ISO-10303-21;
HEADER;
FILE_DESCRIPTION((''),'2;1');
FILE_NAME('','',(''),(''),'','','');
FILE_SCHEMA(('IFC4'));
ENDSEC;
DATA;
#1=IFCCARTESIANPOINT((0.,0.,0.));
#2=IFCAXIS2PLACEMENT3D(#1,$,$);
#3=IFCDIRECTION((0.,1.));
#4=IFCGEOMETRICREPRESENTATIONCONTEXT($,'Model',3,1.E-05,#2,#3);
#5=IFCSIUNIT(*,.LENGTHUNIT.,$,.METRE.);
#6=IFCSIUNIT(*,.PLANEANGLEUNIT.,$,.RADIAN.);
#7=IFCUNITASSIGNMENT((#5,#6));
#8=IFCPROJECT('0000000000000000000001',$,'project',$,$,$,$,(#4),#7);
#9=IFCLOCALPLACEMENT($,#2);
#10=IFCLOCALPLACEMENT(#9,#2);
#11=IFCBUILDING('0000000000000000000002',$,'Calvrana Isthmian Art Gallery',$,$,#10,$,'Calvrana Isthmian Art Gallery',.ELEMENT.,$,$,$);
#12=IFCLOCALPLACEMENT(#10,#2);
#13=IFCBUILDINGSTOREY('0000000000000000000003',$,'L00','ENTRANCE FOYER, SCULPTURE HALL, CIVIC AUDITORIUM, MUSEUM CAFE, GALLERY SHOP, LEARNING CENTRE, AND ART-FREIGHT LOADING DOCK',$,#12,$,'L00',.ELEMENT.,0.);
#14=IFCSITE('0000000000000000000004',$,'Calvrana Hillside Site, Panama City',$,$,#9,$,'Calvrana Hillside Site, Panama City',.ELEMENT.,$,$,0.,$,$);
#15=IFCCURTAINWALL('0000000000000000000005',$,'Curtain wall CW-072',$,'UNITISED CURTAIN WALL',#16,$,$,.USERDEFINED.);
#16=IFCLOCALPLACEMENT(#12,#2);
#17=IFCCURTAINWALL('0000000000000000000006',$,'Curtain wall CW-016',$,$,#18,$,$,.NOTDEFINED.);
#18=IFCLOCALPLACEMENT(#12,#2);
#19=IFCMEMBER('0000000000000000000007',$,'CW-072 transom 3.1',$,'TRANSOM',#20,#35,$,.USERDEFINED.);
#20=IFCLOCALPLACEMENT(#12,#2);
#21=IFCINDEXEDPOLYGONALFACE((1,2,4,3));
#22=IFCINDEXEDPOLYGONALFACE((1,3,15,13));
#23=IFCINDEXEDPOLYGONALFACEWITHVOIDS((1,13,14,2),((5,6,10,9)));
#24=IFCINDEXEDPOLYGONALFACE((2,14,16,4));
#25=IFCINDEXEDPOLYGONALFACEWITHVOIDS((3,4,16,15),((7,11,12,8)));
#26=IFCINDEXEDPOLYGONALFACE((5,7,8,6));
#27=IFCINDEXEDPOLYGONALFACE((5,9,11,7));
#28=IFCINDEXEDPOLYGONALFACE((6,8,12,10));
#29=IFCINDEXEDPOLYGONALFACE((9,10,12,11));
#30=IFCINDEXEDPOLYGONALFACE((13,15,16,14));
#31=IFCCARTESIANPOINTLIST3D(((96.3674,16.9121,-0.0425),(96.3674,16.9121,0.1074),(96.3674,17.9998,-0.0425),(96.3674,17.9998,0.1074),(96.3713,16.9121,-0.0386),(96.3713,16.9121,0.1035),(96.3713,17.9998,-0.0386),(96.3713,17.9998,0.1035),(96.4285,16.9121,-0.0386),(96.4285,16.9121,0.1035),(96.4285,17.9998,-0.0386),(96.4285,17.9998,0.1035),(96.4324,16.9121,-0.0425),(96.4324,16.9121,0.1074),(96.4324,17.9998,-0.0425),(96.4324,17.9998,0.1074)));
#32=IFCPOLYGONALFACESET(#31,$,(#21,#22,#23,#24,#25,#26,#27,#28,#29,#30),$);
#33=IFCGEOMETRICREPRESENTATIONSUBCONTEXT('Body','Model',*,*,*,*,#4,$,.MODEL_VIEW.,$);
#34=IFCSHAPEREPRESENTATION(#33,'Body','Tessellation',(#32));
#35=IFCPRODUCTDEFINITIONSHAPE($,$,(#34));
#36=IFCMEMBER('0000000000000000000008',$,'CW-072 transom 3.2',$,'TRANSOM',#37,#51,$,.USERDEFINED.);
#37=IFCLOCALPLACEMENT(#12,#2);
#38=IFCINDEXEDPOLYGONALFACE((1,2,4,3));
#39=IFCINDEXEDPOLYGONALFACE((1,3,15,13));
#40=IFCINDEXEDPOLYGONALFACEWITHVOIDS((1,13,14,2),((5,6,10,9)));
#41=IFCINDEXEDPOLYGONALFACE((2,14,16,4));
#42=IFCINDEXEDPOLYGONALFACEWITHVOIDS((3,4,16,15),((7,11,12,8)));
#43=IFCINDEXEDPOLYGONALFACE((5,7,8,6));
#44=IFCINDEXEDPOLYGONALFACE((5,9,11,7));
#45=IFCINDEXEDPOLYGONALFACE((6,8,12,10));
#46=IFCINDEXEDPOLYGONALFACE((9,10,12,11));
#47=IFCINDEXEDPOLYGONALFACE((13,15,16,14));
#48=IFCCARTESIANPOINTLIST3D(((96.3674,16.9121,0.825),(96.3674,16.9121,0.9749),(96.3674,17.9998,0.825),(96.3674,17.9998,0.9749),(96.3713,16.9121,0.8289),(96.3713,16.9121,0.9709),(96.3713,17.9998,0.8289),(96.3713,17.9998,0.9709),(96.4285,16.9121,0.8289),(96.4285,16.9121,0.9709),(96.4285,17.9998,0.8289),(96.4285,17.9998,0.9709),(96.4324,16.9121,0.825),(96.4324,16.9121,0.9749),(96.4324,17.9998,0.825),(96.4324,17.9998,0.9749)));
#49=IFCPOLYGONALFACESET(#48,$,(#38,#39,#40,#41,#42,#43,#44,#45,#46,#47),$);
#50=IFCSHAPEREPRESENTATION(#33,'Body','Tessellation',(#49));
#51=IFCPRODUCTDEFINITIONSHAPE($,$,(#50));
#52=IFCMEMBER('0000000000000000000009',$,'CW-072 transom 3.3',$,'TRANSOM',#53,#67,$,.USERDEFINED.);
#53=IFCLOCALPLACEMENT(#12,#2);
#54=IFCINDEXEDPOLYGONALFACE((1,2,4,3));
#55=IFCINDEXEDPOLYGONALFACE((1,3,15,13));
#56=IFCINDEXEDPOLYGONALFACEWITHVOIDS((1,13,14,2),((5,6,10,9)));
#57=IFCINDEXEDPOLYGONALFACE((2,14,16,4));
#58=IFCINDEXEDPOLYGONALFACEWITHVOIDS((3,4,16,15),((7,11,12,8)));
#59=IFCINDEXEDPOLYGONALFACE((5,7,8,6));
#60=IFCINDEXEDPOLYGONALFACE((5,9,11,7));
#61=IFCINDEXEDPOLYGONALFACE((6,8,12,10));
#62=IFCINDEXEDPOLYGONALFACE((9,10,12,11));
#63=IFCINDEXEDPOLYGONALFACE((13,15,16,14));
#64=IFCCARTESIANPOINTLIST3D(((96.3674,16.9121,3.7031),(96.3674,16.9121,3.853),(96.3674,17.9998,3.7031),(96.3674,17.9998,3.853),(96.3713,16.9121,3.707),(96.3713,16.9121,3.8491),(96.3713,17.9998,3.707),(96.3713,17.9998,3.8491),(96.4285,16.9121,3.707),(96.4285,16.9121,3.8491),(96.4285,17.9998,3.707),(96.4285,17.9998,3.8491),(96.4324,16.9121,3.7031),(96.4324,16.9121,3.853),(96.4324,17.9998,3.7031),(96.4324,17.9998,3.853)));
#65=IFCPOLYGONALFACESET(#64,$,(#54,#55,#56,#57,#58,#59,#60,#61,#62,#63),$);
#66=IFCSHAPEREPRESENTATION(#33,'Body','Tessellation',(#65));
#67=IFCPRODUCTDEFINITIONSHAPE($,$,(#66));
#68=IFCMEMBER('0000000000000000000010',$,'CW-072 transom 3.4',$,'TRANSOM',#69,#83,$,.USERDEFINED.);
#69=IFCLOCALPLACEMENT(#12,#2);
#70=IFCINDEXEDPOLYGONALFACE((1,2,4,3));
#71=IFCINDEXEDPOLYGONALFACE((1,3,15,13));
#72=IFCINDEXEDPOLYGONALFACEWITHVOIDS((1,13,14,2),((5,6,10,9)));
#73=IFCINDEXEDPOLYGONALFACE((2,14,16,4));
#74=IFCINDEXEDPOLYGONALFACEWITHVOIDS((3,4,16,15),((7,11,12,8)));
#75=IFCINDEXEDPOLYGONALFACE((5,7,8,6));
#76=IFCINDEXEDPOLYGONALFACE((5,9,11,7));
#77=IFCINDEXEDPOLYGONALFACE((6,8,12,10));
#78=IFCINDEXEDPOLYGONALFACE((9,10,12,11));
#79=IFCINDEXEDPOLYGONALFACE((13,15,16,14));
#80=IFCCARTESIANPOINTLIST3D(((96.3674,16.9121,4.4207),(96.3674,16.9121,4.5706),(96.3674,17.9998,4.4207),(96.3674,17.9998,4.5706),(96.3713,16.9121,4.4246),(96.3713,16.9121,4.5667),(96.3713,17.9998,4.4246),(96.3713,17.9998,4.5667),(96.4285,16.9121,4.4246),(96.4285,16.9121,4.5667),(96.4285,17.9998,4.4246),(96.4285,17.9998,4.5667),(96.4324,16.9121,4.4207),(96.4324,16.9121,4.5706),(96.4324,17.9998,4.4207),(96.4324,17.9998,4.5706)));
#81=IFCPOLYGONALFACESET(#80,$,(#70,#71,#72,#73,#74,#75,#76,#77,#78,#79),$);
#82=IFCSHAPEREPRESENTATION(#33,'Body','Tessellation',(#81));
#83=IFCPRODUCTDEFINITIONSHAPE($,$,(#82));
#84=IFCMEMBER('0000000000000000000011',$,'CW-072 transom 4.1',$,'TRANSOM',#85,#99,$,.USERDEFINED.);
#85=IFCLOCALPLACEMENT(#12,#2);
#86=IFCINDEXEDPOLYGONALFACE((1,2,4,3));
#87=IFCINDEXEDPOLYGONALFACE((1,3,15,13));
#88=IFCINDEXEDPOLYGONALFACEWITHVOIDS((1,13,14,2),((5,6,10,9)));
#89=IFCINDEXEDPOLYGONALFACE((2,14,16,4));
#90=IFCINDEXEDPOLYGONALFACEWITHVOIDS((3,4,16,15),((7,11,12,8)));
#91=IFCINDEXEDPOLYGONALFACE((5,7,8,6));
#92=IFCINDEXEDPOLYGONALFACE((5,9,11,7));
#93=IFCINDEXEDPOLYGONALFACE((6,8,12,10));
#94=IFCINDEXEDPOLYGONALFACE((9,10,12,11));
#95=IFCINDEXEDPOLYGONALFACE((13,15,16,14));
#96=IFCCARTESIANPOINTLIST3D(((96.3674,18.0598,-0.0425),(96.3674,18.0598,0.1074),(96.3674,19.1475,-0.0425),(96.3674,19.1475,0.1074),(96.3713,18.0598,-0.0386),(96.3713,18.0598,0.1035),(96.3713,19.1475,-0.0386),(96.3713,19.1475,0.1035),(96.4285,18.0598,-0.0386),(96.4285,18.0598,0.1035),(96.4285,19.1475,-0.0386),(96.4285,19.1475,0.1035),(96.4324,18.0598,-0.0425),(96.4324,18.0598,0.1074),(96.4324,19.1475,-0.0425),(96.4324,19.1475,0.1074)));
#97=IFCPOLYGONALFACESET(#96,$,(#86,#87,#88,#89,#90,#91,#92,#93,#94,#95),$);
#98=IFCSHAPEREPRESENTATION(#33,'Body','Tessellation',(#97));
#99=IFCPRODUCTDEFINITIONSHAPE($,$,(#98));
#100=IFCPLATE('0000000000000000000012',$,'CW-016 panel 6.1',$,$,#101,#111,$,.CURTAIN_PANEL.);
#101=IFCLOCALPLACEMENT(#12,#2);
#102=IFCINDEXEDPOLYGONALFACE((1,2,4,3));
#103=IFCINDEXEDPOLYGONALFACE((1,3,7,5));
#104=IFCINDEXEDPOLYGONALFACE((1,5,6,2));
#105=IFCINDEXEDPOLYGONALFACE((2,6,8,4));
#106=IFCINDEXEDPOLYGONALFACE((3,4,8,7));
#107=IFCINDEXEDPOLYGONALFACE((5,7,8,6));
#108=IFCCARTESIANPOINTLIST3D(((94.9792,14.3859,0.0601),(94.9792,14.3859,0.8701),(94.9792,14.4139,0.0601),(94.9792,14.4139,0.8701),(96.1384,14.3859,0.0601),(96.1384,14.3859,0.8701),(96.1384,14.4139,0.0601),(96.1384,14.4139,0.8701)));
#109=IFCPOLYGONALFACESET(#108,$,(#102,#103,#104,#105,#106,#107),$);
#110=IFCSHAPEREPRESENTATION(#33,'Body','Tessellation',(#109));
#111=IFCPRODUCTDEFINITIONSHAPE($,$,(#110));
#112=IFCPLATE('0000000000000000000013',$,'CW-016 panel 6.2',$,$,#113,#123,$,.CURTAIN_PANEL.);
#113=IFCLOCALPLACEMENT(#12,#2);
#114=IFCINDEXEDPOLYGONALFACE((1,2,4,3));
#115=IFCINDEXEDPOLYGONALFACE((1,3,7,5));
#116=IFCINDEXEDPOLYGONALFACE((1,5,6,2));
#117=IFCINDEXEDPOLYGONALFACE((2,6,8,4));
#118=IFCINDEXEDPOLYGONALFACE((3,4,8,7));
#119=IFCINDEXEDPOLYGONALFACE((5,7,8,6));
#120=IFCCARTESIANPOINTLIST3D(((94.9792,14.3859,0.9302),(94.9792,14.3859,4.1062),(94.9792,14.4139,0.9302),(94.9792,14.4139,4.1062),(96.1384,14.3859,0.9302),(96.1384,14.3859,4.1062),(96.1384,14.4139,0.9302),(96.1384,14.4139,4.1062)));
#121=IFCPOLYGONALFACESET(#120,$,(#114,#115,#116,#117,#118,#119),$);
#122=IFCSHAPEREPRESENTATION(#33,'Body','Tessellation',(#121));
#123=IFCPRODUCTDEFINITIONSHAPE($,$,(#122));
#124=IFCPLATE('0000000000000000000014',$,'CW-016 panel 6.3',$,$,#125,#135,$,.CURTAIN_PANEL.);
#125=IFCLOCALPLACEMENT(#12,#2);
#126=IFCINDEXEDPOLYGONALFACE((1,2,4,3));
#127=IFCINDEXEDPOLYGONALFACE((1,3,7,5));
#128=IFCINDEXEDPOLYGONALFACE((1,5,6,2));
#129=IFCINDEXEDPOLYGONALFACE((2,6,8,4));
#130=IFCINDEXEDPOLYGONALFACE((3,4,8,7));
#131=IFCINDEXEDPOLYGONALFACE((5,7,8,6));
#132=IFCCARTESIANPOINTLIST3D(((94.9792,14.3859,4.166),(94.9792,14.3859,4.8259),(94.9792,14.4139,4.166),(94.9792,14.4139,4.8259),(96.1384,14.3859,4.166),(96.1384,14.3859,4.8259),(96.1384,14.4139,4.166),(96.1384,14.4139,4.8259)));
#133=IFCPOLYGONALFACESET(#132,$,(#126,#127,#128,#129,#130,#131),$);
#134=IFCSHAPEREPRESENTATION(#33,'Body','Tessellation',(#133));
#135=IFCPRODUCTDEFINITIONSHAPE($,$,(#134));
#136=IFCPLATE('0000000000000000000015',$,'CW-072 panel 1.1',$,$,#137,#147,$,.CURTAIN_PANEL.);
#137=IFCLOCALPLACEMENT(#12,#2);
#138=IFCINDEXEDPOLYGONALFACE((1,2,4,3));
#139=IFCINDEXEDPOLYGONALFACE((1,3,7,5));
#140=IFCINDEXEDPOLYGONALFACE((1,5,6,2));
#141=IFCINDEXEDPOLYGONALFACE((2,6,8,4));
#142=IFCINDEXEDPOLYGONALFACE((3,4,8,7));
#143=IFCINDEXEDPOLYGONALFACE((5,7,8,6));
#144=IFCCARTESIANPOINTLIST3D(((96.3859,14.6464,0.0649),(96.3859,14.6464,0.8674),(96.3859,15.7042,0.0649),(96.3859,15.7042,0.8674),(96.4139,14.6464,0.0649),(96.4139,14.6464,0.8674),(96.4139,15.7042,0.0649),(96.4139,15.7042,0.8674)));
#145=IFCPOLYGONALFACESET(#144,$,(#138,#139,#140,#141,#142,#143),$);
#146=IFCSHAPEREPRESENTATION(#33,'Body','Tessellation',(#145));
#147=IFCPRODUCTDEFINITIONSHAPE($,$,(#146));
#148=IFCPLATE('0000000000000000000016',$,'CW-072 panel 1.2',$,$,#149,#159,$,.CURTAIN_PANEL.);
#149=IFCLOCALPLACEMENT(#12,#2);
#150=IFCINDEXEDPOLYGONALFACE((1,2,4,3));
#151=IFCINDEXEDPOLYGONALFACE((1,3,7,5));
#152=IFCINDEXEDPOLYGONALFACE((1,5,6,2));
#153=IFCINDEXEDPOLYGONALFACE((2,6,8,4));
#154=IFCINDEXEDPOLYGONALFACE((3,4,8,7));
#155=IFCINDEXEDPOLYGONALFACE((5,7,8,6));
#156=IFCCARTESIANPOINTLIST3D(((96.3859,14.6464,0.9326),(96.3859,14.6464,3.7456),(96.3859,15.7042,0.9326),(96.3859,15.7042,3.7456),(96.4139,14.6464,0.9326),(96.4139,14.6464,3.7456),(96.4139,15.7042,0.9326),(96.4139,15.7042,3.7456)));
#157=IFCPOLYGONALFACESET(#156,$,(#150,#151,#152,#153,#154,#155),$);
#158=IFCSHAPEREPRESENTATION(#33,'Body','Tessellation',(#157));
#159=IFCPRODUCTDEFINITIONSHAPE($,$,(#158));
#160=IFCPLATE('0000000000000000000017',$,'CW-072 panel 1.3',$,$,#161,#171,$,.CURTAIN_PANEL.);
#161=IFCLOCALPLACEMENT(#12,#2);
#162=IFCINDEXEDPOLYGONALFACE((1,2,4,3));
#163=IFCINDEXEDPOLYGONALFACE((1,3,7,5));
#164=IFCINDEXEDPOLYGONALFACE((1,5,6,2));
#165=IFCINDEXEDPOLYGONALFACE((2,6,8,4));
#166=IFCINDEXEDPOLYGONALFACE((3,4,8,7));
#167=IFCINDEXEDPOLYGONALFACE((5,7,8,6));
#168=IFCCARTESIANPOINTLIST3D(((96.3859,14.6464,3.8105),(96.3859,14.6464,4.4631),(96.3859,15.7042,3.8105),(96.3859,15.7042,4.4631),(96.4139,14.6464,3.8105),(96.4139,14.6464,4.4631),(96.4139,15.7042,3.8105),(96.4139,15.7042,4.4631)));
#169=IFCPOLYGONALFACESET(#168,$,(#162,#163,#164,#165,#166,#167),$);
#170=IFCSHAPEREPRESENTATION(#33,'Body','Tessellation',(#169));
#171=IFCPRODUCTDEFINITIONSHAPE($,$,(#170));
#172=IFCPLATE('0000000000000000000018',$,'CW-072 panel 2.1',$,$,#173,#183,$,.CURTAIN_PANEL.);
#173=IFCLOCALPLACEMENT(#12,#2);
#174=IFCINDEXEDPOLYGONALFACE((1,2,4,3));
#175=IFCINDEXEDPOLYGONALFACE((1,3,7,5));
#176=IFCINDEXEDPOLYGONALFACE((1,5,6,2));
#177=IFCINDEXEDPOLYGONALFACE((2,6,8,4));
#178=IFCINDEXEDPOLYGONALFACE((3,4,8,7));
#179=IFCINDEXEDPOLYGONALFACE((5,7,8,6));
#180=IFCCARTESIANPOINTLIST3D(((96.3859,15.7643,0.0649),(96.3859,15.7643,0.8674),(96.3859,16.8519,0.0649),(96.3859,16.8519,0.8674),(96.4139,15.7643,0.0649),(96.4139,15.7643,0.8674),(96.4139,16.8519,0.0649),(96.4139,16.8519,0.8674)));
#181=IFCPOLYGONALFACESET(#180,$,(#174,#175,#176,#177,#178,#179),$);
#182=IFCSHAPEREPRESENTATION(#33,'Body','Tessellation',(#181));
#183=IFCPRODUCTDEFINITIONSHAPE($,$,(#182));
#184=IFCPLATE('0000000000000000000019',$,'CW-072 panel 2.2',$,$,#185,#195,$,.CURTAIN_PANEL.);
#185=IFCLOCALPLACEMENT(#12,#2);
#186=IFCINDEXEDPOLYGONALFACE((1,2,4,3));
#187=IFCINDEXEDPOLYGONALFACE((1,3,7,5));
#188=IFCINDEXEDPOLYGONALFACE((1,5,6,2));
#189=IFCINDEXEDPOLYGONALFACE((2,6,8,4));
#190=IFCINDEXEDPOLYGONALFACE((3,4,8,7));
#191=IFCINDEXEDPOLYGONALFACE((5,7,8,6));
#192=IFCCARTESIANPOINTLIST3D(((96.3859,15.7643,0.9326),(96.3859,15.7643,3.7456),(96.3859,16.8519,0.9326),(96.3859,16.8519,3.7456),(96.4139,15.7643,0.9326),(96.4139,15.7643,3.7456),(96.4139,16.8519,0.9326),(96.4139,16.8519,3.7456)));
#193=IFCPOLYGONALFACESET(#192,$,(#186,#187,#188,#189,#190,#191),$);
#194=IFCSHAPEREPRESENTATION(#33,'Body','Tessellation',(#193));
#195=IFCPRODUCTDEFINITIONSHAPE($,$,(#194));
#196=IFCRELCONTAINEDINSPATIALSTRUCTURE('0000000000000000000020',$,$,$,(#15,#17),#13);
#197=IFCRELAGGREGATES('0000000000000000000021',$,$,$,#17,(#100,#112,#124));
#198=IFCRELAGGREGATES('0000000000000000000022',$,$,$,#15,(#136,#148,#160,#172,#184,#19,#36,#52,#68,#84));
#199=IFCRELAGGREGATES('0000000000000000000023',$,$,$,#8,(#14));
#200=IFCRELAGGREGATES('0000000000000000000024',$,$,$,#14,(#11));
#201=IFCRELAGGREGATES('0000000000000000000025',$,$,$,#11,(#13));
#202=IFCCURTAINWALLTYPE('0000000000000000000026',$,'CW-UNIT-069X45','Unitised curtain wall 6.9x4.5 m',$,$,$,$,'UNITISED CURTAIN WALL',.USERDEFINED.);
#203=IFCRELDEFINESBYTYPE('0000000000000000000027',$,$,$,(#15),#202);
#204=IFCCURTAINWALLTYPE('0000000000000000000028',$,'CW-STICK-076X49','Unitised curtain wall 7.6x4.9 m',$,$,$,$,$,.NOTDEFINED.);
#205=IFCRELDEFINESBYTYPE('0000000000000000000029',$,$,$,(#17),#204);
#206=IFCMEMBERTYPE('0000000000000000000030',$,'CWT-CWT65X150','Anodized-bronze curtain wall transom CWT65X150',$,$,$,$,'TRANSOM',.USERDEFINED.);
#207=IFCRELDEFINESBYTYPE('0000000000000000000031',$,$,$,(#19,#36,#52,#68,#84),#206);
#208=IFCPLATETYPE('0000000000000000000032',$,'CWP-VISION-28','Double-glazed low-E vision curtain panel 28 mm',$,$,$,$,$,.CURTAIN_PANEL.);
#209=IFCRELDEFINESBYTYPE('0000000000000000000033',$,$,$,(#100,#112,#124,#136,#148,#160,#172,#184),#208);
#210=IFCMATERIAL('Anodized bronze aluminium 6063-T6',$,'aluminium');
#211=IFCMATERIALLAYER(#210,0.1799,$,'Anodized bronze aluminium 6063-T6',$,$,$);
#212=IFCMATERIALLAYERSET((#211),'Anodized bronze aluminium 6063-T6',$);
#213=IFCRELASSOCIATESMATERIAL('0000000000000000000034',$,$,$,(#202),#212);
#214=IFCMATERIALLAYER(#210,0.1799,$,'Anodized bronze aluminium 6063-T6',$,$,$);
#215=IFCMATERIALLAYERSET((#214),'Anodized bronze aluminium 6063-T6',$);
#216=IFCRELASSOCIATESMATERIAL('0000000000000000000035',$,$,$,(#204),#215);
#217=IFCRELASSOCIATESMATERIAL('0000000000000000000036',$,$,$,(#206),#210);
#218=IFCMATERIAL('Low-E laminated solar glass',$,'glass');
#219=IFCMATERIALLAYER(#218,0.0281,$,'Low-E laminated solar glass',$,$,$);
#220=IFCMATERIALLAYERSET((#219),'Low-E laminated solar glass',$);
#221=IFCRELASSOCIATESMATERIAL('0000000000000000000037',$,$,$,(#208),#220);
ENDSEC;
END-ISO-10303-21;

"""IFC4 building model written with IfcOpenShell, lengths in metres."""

from ifc_helpers import new_model, si_unit, direction, frame, origin, origin_2d, place, context, subcontext, project, spatial, rectangle, hollow_rectangle, extrude, material, layer, layer_set, material_profile, profile_set, type_object, element, aggregate, save


model = new_model("IFC4")

# Units and contexts
model_context = context("Model", 3, precision=1e-05, world=origin(), true_north=direction((0.0, 1.0)))
body_context = subcontext(model_context, "Body", "Model", "MODEL_VIEW")
ifc_project = project(units=[si_unit("LENGTHUNIT", "METRE"), si_unit("PLANEANGLEUNIT", "RADIAN")], contexts=[model_context])

# Site, building, storey
site_placement = place(None, origin())
site = spatial("IfcSite", under=ifc_project, at=site_placement, Name="Calvrana Hillside Site, Panama City", LongName="Calvrana Hillside Site, Panama City", CompositionType="ELEMENT", RefElevation=0.0)
building_placement = place(site_placement, origin())
building = spatial("IfcBuilding", under=site, at=building_placement, Name="Calvrana Isthmian Art Gallery", LongName="Calvrana Isthmian Art Gallery", CompositionType="ELEMENT")
storey_placement = place(building_placement, origin())
storey = spatial("IfcBuildingStorey", under=building, at=storey_placement, Name="L00", Description="ENTRANCE FOYER, SCULPTURE HALL, CIVIC AUDITORIUM, MUSEUM CAFE, GALLERY SHOP, LEARNING CENTRE, AND ART-FREIGHT LOADING DOCK", LongName="L00", CompositionType="ELEMENT", Elevation=0.0)

# Curtain walls
ifc_material_1 = material(Name="Anodized bronze aluminium 6063-T6", Category="aluminium")
ifc_layer_1 = layer(ifc_material_1, 0.1799, Name="Anodized bronze aluminium 6063-T6")
ifc_layer_set_1 = layer_set([ifc_layer_1], Name="Anodized bronze aluminium 6063-T6")
curtain_wall_type_1 = type_object("IfcCurtainWallType", Name="CW-UNIT-069X45", Description="Unitised curtain wall 6.9x4.5 m", ElementType="UNITISED CURTAIN WALL", PredefinedType="USERDEFINED", material=ifc_layer_set_1)
curtain_wall_1_placement = place(storey_placement, origin())
curtain_wall_1 = element("IfcCurtainWall", 1, at=curtain_wall_1_placement, inside=storey, type_object=curtain_wall_type_1, Name="Curtain wall CW-072", ObjectType="UNITISED CURTAIN WALL", PredefinedType="USERDEFINED")
ifc_layer_2 = layer(ifc_material_1, 0.1799, Name="Anodized bronze aluminium 6063-T6")
ifc_layer_set_2 = layer_set([ifc_layer_2], Name="Anodized bronze aluminium 6063-T6")
curtain_wall_type_2 = type_object("IfcCurtainWallType", Name="CW-STICK-076X49", Description="Unitised curtain wall 7.6x4.9 m", PredefinedType="NOTDEFINED", material=ifc_layer_set_2)
curtain_wall_2_placement = place(storey_placement, origin())
curtain_wall_2 = element("IfcCurtainWall", 2, at=curtain_wall_2_placement, inside=storey, type_object=curtain_wall_type_2, Name="Curtain wall CW-016", PredefinedType="NOTDEFINED")

# Members
ifc_material_profile_1 = material_profile(ifc_material_1, hollow_rectangle(XDim=0.0649, YDim=0.1499, WallThickness=0.0039, at=origin_2d()), Name="CWT65X150")
ifc_profile_set_1 = profile_set([ifc_material_profile_1], Name="Anodized bronze aluminium 6063-T6")
member_type_1 = type_object("IfcMemberType", Name="CWT-CWT65X150", Description="Anodized-bronze curtain wall transom CWT65X150", ElementType="TRANSOM", PredefinedType="USERDEFINED", material=ifc_profile_set_1)
member_1_placement = place(storey_placement, frame((96.3999, 16.9121, 0.0325), z_axis=(0.0, 1.0, 0.0), x_axis=(-1.0, 0.0, 0.0)))
member_1 = element("IfcMember", 3, at=member_1_placement, type_object=member_type_1, Name="CW-072 transom 3.1", ObjectType="TRANSOM", PredefinedType="USERDEFINED", context=body_context, shape_type="SweptSolid", body=[
    extrude(hollow_rectangle(XDim=0.0649, YDim=0.1499, WallThickness=0.0039, at=origin_2d()), origin(), (0.0, 0.0, 1.0), 1.0876),
])
member_2_placement = place(storey_placement, frame((96.3999, 16.9121, 0.8999), z_axis=(0.0, 1.0, 0.0), x_axis=(-1.0, 0.0, 0.0)))
member_2 = element("IfcMember", 4, at=member_2_placement, type_object=member_type_1, Name="CW-072 transom 3.2", ObjectType="TRANSOM", PredefinedType="USERDEFINED", context=body_context, shape_type="SweptSolid", body=[
    extrude(hollow_rectangle(XDim=0.0649, YDim=0.1499, WallThickness=0.0039, at=origin_2d()), origin(), (0.0, 0.0, 1.0), 1.0876),
])
member_3_placement = place(storey_placement, frame((96.3999, 16.9121, 3.7781), z_axis=(0.0, 1.0, 0.0), x_axis=(-1.0, 0.0, 0.0)))
member_3 = element("IfcMember", 5, at=member_3_placement, type_object=member_type_1, Name="CW-072 transom 3.3", ObjectType="TRANSOM", PredefinedType="USERDEFINED", context=body_context, shape_type="SweptSolid", body=[
    extrude(hollow_rectangle(XDim=0.0649, YDim=0.1499, WallThickness=0.0039, at=origin_2d()), origin(), (0.0, 0.0, 1.0), 1.0876),
])
member_4_placement = place(storey_placement, frame((96.3999, 16.9121, 4.4956), z_axis=(0.0, 1.0, 0.0), x_axis=(-1.0, 0.0, 0.0)))
member_4 = element("IfcMember", 6, at=member_4_placement, type_object=member_type_1, Name="CW-072 transom 3.4", ObjectType="TRANSOM", PredefinedType="USERDEFINED", context=body_context, shape_type="SweptSolid", body=[
    extrude(hollow_rectangle(XDim=0.0649, YDim=0.1499, WallThickness=0.0039, at=origin_2d()), origin(), (0.0, 0.0, 1.0), 1.0876),
])
member_5_placement = place(storey_placement, frame((96.3999, 18.0598, 0.0325), z_axis=(0.0, 1.0, 0.0), x_axis=(-1.0, 0.0, 0.0)))
member_5 = element("IfcMember", 7, at=member_5_placement, type_object=member_type_1, Name="CW-072 transom 4.1", ObjectType="TRANSOM", PredefinedType="USERDEFINED", context=body_context, shape_type="SweptSolid", body=[
    extrude(hollow_rectangle(XDim=0.0649, YDim=0.1499, WallThickness=0.0039, at=origin_2d()), origin(), (0.0, 0.0, 1.0), 1.0876),
])

# Plates
ifc_material_2 = material(Name="Low-E laminated solar glass", Category="glass")
ifc_layer_3 = layer(ifc_material_2, 0.0281, Name="Low-E laminated solar glass")
ifc_layer_set_3 = layer_set([ifc_layer_3], Name="Low-E laminated solar glass")
plate_type = type_object("IfcPlateType", Name="CWP-VISION-28", Description="Double-glazed low-E vision curtain panel 28 mm", PredefinedType="CURTAIN_PANEL", material=ifc_layer_set_3)
plate_1_placement = place(storey_placement, frame((95.5588, 14.3999, 0.0601), z_axis=(0.0, 0.0, 1.0), x_axis=(1.0, 0.0, 0.0)))
plate_1 = element("IfcPlate", 8, at=plate_1_placement, type_object=plate_type, Name="CW-016 panel 6.1", PredefinedType="CURTAIN_PANEL", context=body_context, shape_type="SweptSolid", body=[
    extrude(rectangle(XDim=1.1592, YDim=0.0281, at=origin_2d()), origin(), (0.0, 0.0, 1.0), 0.8101),
])
plate_2_placement = place(storey_placement, frame((95.5588, 14.3999, 0.9302), z_axis=(0.0, 0.0, 1.0), x_axis=(1.0, 0.0, 0.0)))
plate_2 = element("IfcPlate", 9, at=plate_2_placement, type_object=plate_type, Name="CW-016 panel 6.2", PredefinedType="CURTAIN_PANEL", context=body_context, shape_type="SweptSolid", body=[
    extrude(rectangle(XDim=1.1592, YDim=0.0281, at=origin_2d()), origin(), (0.0, 0.0, 1.0), 3.176),
])
plate_3_placement = place(storey_placement, frame((95.5588, 14.3999, 4.166), z_axis=(0.0, 0.0, 1.0), x_axis=(1.0, 0.0, 0.0)))
plate_3 = element("IfcPlate", 10, at=plate_3_placement, type_object=plate_type, Name="CW-016 panel 6.3", PredefinedType="CURTAIN_PANEL", context=body_context, shape_type="SweptSolid", body=[
    extrude(rectangle(XDim=1.1592, YDim=0.0281, at=origin_2d()), origin(), (0.0, 0.0, 1.0), 0.6599),
])
aggregate(curtain_wall_2, [plate_1, plate_2, plate_3])
plate_4_placement = place(storey_placement, frame((96.3999, 15.1753, 0.0649), z_axis=(0.0, 0.0, 1.0), x_axis=(0.0, 1.0, 0.0)))
plate_4 = element("IfcPlate", 11, at=plate_4_placement, type_object=plate_type, Name="CW-072 panel 1.1", PredefinedType="CURTAIN_PANEL", context=body_context, shape_type="SweptSolid", body=[
    extrude(rectangle(XDim=1.0579, YDim=0.0281, at=origin_2d()), origin(), (0.0, 0.0, 1.0), 0.8025),
])
plate_5_placement = place(storey_placement, frame((96.3999, 15.1753, 0.9326), z_axis=(0.0, 0.0, 1.0), x_axis=(0.0, 1.0, 0.0)))
plate_5 = element("IfcPlate", 12, at=plate_5_placement, type_object=plate_type, Name="CW-072 panel 1.2", PredefinedType="CURTAIN_PANEL", context=body_context, shape_type="SweptSolid", body=[
    extrude(rectangle(XDim=1.0579, YDim=0.0281, at=origin_2d()), origin(), (0.0, 0.0, 1.0), 2.813),
])
plate_6_placement = place(storey_placement, frame((96.3999, 15.1753, 3.8105), z_axis=(0.0, 0.0, 1.0), x_axis=(0.0, 1.0, 0.0)))
plate_6 = element("IfcPlate", 13, at=plate_6_placement, type_object=plate_type, Name="CW-072 panel 1.3", PredefinedType="CURTAIN_PANEL", context=body_context, shape_type="SweptSolid", body=[
    extrude(rectangle(XDim=1.0579, YDim=0.0281, at=origin_2d()), origin(), (0.0, 0.0, 1.0), 0.6526),
])
plate_7_placement = place(storey_placement, frame((96.3999, 16.3081, 0.0649), z_axis=(0.0, 0.0, 1.0), x_axis=(0.0, 1.0, 0.0)))
plate_7 = element("IfcPlate", 14, at=plate_7_placement, type_object=plate_type, Name="CW-072 panel 2.1", PredefinedType="CURTAIN_PANEL", context=body_context, shape_type="SweptSolid", body=[
    extrude(rectangle(XDim=1.0876, YDim=0.0281, at=origin_2d()), origin(), (0.0, 0.0, 1.0), 0.8025),
])
plate_8_placement = place(storey_placement, frame((96.3999, 16.3081, 0.9326), z_axis=(0.0, 0.0, 1.0), x_axis=(0.0, 1.0, 0.0)))
plate_8 = element("IfcPlate", 15, at=plate_8_placement, type_object=plate_type, Name="CW-072 panel 2.2", PredefinedType="CURTAIN_PANEL", context=body_context, shape_type="SweptSolid", body=[
    extrude(rectangle(XDim=1.0876, YDim=0.0281, at=origin_2d()), origin(), (0.0, 0.0, 1.0), 2.813),
])
aggregate(curtain_wall_1, [plate_4, plate_5, plate_6, plate_7, plate_8, member_1, member_2, member_3, member_4, member_5])

save(model, "model.ifc")
